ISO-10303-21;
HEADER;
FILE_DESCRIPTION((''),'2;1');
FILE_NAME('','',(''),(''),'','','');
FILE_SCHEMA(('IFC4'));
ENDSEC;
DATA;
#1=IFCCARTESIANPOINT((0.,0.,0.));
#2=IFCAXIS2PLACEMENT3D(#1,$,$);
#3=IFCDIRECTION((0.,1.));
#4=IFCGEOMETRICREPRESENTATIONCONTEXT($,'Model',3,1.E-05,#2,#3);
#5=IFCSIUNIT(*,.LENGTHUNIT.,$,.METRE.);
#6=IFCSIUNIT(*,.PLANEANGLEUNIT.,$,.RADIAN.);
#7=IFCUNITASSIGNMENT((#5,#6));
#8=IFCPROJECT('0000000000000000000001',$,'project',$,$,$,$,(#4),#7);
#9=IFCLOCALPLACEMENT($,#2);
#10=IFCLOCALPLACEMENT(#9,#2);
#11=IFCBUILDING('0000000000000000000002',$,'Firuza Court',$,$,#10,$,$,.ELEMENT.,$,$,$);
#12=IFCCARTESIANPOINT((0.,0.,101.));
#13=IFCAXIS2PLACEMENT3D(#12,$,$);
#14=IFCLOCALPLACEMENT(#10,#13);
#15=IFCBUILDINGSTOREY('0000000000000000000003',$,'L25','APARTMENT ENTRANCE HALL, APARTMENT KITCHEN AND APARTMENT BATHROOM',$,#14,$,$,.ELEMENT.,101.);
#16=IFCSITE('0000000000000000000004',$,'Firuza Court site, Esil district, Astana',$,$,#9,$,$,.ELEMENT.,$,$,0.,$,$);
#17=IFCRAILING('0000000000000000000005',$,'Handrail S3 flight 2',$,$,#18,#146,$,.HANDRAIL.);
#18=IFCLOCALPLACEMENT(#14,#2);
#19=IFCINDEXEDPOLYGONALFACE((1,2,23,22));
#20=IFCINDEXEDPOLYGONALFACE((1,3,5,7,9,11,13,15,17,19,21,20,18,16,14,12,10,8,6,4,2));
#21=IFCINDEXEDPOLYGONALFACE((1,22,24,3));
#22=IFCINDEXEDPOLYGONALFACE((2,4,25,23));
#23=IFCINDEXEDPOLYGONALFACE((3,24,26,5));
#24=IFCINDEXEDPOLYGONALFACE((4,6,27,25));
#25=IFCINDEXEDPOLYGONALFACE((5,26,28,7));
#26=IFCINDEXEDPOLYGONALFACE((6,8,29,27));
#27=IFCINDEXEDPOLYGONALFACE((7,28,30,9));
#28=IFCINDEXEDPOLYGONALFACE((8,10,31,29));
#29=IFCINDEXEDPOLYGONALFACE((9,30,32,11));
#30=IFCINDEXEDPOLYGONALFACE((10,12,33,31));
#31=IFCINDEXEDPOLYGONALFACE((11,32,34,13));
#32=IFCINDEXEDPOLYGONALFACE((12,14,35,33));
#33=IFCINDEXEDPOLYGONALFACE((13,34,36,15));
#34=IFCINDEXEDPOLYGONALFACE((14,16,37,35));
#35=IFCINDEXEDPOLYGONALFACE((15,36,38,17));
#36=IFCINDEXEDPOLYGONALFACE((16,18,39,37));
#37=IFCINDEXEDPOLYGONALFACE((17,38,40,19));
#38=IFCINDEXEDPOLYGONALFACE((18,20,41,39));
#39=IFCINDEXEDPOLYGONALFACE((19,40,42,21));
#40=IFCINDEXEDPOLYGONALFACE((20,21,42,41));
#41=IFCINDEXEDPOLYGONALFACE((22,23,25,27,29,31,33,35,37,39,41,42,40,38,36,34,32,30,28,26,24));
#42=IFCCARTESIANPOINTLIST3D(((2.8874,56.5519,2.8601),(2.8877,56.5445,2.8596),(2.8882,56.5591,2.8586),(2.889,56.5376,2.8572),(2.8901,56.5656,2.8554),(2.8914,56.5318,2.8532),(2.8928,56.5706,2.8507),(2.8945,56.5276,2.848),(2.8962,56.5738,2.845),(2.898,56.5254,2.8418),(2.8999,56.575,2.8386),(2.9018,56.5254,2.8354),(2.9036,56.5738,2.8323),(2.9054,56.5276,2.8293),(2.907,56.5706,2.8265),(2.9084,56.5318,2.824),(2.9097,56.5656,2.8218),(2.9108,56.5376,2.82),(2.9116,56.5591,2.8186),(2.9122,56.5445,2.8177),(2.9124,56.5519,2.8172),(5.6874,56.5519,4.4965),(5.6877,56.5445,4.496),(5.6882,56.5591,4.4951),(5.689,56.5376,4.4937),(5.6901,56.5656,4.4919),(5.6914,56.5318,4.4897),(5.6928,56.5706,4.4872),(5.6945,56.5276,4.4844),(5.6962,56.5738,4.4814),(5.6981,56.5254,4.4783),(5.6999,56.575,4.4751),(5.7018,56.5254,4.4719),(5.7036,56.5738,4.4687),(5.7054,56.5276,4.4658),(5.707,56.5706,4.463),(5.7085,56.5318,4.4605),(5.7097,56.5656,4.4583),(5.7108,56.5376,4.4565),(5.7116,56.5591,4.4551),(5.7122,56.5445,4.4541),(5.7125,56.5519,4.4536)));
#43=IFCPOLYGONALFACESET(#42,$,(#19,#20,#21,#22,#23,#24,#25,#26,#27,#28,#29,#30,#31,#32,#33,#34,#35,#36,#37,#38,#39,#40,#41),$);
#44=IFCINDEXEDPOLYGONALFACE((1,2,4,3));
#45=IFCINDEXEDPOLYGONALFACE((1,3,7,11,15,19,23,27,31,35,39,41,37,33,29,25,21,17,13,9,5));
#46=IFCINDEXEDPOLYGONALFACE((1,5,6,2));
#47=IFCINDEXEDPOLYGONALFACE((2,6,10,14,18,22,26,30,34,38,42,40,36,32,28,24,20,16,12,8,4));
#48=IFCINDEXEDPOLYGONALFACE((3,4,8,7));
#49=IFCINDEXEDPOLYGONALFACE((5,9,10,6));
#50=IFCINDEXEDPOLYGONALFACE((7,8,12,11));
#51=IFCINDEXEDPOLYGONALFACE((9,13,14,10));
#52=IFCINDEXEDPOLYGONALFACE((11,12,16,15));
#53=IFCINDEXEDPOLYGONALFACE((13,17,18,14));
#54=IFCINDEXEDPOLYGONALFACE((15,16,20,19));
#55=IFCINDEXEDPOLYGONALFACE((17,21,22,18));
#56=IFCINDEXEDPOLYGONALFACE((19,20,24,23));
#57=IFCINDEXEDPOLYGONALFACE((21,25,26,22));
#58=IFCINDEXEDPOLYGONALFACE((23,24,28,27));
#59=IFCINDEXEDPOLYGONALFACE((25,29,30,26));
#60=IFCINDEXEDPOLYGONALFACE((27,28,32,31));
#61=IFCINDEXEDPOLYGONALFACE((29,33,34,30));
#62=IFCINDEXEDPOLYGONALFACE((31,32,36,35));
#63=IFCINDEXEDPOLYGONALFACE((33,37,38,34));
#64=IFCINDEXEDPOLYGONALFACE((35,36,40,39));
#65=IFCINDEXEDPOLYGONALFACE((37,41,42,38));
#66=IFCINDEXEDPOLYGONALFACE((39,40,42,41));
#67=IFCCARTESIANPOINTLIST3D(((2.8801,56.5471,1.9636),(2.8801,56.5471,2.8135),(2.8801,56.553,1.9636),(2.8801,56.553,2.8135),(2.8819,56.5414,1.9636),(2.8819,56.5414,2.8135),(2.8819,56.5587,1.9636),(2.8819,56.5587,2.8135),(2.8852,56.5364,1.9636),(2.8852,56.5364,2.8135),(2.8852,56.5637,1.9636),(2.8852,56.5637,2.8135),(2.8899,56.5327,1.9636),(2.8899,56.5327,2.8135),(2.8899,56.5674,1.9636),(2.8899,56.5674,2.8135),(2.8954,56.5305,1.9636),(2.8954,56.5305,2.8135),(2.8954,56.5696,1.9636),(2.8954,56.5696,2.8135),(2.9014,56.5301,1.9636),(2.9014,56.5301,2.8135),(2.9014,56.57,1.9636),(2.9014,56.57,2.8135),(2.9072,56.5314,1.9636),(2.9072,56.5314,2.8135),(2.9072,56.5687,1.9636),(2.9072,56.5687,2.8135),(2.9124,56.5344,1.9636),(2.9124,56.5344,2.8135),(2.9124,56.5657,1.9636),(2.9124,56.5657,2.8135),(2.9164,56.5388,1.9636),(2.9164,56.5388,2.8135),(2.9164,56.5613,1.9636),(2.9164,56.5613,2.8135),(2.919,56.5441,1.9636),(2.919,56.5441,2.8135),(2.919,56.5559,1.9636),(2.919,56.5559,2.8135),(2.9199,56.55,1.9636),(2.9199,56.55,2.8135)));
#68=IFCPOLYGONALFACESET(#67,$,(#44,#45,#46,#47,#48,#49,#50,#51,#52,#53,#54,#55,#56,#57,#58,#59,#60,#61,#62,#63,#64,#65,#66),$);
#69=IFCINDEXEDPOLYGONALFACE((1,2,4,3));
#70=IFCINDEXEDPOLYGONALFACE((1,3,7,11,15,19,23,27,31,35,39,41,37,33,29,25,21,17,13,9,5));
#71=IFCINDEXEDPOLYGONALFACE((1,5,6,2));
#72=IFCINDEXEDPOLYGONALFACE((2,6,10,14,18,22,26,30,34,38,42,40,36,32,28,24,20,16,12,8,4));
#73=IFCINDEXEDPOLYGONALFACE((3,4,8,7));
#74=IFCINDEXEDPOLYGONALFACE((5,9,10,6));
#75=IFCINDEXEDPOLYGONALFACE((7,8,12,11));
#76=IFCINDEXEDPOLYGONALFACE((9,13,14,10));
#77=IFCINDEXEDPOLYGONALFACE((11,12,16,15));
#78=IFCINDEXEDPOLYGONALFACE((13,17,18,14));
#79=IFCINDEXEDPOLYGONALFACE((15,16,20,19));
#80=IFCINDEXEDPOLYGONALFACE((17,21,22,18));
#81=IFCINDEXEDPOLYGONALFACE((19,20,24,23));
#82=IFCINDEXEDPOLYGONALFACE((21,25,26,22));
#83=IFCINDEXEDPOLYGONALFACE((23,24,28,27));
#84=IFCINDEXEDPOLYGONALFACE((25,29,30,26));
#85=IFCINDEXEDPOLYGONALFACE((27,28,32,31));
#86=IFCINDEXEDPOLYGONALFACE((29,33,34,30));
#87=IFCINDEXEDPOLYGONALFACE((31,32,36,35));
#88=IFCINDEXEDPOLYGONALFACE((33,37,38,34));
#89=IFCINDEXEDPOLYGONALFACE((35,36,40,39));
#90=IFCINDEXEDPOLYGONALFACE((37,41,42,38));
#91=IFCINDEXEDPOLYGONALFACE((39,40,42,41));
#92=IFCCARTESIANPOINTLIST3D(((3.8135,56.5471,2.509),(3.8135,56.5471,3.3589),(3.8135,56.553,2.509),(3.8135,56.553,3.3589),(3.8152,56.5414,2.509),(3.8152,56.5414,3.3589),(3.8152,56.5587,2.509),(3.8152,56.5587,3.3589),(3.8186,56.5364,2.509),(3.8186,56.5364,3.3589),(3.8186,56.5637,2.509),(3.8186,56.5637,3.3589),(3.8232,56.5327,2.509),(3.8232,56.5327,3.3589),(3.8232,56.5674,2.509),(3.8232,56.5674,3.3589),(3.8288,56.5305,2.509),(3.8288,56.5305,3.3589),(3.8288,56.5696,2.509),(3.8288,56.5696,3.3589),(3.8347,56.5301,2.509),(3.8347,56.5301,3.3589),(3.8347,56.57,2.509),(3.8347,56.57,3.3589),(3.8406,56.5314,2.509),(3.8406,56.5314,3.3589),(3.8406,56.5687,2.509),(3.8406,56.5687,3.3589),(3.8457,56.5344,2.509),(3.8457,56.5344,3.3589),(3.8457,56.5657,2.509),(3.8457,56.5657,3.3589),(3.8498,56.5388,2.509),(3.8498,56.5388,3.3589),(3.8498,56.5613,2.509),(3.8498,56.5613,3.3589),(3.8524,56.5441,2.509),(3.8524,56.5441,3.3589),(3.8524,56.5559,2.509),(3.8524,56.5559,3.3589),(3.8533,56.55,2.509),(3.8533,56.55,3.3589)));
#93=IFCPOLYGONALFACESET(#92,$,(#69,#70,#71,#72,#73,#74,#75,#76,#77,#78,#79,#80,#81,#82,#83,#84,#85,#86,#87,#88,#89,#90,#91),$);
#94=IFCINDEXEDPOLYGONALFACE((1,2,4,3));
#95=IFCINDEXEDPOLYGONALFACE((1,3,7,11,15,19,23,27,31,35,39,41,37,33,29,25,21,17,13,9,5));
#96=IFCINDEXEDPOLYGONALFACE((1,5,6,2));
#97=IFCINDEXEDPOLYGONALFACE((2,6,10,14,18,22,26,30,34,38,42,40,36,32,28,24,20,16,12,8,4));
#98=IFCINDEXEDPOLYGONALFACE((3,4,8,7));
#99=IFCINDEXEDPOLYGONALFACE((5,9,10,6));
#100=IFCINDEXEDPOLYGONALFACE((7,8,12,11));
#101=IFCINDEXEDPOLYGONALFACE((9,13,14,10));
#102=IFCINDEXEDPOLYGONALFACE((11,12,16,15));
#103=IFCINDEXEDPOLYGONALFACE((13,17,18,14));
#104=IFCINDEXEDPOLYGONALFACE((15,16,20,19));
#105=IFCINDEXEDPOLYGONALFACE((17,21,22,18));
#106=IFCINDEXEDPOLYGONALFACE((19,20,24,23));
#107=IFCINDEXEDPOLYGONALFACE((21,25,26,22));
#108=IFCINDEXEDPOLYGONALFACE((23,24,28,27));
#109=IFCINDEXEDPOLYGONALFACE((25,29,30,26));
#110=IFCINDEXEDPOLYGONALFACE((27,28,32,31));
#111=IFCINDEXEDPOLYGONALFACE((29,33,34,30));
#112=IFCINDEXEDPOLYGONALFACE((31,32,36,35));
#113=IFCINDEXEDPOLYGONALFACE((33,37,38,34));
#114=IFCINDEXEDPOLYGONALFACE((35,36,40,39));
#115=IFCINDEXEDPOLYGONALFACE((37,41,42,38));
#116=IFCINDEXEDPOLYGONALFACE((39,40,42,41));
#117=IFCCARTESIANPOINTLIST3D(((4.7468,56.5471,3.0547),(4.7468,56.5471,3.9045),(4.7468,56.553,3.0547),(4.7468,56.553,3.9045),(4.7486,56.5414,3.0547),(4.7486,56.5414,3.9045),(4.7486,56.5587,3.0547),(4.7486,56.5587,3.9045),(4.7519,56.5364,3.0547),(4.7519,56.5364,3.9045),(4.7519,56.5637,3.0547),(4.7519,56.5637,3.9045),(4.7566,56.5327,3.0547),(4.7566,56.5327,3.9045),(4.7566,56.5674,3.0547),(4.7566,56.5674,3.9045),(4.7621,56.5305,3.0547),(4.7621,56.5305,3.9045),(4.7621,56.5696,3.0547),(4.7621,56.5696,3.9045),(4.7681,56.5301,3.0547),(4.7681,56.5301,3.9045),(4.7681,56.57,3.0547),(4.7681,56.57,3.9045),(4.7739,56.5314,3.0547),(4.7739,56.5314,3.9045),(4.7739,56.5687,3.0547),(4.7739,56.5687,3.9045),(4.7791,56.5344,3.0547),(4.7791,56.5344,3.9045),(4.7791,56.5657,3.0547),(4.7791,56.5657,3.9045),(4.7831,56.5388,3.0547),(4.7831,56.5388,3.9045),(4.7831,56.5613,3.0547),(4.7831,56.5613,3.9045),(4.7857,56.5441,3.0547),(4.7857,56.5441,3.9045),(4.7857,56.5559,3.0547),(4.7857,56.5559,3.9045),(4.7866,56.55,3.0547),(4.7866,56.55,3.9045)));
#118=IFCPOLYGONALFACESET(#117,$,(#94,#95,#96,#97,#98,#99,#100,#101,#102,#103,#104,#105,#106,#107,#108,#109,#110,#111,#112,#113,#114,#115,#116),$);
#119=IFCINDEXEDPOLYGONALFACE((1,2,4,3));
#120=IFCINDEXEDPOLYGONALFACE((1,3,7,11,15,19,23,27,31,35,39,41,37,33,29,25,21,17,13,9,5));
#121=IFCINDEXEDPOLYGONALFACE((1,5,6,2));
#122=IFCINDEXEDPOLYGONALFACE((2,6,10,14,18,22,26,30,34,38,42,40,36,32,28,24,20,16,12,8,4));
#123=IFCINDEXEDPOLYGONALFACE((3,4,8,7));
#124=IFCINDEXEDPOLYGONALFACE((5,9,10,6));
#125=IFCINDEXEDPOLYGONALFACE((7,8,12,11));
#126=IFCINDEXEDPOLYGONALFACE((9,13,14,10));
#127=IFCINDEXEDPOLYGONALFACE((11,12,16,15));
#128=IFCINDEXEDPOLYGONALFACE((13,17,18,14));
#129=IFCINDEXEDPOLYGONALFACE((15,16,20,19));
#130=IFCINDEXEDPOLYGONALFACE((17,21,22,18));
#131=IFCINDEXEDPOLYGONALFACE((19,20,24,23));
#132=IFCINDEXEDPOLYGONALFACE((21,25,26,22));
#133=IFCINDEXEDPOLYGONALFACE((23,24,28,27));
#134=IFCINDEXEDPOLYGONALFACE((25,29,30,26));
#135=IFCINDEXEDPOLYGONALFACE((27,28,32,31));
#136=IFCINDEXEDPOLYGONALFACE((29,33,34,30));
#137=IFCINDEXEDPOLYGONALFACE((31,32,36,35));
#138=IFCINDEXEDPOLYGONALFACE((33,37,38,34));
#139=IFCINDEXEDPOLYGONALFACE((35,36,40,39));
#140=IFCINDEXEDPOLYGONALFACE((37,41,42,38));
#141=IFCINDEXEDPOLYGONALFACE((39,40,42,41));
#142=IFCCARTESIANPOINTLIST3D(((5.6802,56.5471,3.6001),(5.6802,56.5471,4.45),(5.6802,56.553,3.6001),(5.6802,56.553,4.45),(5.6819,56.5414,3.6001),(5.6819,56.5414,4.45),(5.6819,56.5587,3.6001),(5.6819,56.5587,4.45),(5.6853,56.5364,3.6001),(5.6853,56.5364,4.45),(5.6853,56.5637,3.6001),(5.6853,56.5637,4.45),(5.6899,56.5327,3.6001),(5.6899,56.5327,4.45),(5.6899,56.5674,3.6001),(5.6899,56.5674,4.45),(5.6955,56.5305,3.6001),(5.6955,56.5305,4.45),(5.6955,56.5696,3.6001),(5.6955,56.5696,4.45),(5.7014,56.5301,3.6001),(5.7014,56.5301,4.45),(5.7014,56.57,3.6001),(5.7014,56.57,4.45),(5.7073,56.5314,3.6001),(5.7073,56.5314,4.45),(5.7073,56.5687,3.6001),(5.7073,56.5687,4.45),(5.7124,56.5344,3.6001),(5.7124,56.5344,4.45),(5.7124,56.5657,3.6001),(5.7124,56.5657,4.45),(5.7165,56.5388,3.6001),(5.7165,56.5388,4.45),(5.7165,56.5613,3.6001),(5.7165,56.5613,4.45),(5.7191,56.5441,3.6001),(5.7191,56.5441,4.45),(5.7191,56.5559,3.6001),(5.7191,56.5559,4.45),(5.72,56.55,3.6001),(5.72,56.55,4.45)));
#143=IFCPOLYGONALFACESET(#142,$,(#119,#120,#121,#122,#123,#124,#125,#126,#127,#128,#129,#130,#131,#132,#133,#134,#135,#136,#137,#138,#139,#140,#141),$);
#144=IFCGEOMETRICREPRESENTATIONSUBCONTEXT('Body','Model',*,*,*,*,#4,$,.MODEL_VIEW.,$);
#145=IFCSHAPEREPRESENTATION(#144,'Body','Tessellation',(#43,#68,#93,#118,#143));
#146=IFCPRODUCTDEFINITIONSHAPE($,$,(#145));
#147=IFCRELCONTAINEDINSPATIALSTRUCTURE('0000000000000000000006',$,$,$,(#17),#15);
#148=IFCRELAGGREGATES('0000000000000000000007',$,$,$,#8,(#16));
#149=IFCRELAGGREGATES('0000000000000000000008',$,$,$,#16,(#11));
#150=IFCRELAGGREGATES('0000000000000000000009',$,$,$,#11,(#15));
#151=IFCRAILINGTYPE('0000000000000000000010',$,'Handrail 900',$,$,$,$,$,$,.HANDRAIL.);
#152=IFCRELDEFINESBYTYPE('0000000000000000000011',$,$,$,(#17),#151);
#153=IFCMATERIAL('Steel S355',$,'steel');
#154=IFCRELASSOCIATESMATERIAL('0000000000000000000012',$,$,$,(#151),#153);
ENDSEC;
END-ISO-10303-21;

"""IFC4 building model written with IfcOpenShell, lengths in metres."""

from ifc_helpers import new_model, si_unit, direction, frame, origin, origin_2d, place, context, subcontext, project, spatial, circle, extrude, material, type_object, element, save


model = new_model("IFC4")

# Units and contexts
model_context = context("Model", 3, precision=1e-05, world=origin(), true_north=direction((0.0, 1.0)))
body_context = subcontext(model_context, "Body", "Model", "MODEL_VIEW")
ifc_project = project(units=[si_unit("LENGTHUNIT", "METRE"), si_unit("PLANEANGLEUNIT", "RADIAN")], contexts=[model_context])

# Site, building, storey
site_placement = place(None, origin())
site = spatial("IfcSite", under=ifc_project, at=site_placement, Name="Firuza Court site, Esil district, Astana", CompositionType="ELEMENT", RefElevation=0.0)
building_placement = place(site_placement, origin())
building = spatial("IfcBuilding", under=site, at=building_placement, Name="Firuza Court", CompositionType="ELEMENT")
storey_placement = place(building_placement, frame((0.0, 0.0, 101.0)))
storey = spatial("IfcBuildingStorey", under=building, at=storey_placement, Name="L25", Description="APARTMENT ENTRANCE HALL, APARTMENT KITCHEN AND APARTMENT BATHROOM", CompositionType="ELEMENT", Elevation=101.0)

# Railing
ifc_material_1 = material(Name="Steel S355", Category="steel")
railing_type_1 = type_object("IfcRailingType", Name="Handrail 900", PredefinedType="HANDRAIL", material=ifc_material_1)
railing_1_placement = place(storey_placement, frame((2.8999, 56.55, 1.9636)))
element("IfcRailing", 1, at=railing_1_placement, inside=storey, type_object=railing_type_1, Name="Handrail S3 flight 2", PredefinedType="HANDRAIL", context=body_context, shape_type="SweptSolid", body=[
    extrude(circle(Radius=0.0249, at=origin_2d()), frame((0.0, 0.0, 0.875), z_axis=(0.863361, 0.0, 0.504587), x_axis=(0.0, 1.0, 0.0)), (0.0, 0.0, 1.0), 3.2432),
    extrude(circle(Radius=0.02, at=origin_2d()), origin(), (0.0, 0.0, 1.0), 0.8499),
    extrude(circle(Radius=0.02, at=origin_2d()), frame((0.9333, 0.0, 0.5454)), (0.0, 0.0, 1.0), 0.8499),
    extrude(circle(Radius=0.02, at=origin_2d()), frame((1.8667, 0.0, 1.0911)), (0.0, 0.0, 1.0), 0.8499),
    extrude(circle(Radius=0.02, at=origin_2d()), frame((2.8, 0.0, 1.6365)), (0.0, 0.0, 1.0), 0.8499),
])

save(model, "model.ifc")
